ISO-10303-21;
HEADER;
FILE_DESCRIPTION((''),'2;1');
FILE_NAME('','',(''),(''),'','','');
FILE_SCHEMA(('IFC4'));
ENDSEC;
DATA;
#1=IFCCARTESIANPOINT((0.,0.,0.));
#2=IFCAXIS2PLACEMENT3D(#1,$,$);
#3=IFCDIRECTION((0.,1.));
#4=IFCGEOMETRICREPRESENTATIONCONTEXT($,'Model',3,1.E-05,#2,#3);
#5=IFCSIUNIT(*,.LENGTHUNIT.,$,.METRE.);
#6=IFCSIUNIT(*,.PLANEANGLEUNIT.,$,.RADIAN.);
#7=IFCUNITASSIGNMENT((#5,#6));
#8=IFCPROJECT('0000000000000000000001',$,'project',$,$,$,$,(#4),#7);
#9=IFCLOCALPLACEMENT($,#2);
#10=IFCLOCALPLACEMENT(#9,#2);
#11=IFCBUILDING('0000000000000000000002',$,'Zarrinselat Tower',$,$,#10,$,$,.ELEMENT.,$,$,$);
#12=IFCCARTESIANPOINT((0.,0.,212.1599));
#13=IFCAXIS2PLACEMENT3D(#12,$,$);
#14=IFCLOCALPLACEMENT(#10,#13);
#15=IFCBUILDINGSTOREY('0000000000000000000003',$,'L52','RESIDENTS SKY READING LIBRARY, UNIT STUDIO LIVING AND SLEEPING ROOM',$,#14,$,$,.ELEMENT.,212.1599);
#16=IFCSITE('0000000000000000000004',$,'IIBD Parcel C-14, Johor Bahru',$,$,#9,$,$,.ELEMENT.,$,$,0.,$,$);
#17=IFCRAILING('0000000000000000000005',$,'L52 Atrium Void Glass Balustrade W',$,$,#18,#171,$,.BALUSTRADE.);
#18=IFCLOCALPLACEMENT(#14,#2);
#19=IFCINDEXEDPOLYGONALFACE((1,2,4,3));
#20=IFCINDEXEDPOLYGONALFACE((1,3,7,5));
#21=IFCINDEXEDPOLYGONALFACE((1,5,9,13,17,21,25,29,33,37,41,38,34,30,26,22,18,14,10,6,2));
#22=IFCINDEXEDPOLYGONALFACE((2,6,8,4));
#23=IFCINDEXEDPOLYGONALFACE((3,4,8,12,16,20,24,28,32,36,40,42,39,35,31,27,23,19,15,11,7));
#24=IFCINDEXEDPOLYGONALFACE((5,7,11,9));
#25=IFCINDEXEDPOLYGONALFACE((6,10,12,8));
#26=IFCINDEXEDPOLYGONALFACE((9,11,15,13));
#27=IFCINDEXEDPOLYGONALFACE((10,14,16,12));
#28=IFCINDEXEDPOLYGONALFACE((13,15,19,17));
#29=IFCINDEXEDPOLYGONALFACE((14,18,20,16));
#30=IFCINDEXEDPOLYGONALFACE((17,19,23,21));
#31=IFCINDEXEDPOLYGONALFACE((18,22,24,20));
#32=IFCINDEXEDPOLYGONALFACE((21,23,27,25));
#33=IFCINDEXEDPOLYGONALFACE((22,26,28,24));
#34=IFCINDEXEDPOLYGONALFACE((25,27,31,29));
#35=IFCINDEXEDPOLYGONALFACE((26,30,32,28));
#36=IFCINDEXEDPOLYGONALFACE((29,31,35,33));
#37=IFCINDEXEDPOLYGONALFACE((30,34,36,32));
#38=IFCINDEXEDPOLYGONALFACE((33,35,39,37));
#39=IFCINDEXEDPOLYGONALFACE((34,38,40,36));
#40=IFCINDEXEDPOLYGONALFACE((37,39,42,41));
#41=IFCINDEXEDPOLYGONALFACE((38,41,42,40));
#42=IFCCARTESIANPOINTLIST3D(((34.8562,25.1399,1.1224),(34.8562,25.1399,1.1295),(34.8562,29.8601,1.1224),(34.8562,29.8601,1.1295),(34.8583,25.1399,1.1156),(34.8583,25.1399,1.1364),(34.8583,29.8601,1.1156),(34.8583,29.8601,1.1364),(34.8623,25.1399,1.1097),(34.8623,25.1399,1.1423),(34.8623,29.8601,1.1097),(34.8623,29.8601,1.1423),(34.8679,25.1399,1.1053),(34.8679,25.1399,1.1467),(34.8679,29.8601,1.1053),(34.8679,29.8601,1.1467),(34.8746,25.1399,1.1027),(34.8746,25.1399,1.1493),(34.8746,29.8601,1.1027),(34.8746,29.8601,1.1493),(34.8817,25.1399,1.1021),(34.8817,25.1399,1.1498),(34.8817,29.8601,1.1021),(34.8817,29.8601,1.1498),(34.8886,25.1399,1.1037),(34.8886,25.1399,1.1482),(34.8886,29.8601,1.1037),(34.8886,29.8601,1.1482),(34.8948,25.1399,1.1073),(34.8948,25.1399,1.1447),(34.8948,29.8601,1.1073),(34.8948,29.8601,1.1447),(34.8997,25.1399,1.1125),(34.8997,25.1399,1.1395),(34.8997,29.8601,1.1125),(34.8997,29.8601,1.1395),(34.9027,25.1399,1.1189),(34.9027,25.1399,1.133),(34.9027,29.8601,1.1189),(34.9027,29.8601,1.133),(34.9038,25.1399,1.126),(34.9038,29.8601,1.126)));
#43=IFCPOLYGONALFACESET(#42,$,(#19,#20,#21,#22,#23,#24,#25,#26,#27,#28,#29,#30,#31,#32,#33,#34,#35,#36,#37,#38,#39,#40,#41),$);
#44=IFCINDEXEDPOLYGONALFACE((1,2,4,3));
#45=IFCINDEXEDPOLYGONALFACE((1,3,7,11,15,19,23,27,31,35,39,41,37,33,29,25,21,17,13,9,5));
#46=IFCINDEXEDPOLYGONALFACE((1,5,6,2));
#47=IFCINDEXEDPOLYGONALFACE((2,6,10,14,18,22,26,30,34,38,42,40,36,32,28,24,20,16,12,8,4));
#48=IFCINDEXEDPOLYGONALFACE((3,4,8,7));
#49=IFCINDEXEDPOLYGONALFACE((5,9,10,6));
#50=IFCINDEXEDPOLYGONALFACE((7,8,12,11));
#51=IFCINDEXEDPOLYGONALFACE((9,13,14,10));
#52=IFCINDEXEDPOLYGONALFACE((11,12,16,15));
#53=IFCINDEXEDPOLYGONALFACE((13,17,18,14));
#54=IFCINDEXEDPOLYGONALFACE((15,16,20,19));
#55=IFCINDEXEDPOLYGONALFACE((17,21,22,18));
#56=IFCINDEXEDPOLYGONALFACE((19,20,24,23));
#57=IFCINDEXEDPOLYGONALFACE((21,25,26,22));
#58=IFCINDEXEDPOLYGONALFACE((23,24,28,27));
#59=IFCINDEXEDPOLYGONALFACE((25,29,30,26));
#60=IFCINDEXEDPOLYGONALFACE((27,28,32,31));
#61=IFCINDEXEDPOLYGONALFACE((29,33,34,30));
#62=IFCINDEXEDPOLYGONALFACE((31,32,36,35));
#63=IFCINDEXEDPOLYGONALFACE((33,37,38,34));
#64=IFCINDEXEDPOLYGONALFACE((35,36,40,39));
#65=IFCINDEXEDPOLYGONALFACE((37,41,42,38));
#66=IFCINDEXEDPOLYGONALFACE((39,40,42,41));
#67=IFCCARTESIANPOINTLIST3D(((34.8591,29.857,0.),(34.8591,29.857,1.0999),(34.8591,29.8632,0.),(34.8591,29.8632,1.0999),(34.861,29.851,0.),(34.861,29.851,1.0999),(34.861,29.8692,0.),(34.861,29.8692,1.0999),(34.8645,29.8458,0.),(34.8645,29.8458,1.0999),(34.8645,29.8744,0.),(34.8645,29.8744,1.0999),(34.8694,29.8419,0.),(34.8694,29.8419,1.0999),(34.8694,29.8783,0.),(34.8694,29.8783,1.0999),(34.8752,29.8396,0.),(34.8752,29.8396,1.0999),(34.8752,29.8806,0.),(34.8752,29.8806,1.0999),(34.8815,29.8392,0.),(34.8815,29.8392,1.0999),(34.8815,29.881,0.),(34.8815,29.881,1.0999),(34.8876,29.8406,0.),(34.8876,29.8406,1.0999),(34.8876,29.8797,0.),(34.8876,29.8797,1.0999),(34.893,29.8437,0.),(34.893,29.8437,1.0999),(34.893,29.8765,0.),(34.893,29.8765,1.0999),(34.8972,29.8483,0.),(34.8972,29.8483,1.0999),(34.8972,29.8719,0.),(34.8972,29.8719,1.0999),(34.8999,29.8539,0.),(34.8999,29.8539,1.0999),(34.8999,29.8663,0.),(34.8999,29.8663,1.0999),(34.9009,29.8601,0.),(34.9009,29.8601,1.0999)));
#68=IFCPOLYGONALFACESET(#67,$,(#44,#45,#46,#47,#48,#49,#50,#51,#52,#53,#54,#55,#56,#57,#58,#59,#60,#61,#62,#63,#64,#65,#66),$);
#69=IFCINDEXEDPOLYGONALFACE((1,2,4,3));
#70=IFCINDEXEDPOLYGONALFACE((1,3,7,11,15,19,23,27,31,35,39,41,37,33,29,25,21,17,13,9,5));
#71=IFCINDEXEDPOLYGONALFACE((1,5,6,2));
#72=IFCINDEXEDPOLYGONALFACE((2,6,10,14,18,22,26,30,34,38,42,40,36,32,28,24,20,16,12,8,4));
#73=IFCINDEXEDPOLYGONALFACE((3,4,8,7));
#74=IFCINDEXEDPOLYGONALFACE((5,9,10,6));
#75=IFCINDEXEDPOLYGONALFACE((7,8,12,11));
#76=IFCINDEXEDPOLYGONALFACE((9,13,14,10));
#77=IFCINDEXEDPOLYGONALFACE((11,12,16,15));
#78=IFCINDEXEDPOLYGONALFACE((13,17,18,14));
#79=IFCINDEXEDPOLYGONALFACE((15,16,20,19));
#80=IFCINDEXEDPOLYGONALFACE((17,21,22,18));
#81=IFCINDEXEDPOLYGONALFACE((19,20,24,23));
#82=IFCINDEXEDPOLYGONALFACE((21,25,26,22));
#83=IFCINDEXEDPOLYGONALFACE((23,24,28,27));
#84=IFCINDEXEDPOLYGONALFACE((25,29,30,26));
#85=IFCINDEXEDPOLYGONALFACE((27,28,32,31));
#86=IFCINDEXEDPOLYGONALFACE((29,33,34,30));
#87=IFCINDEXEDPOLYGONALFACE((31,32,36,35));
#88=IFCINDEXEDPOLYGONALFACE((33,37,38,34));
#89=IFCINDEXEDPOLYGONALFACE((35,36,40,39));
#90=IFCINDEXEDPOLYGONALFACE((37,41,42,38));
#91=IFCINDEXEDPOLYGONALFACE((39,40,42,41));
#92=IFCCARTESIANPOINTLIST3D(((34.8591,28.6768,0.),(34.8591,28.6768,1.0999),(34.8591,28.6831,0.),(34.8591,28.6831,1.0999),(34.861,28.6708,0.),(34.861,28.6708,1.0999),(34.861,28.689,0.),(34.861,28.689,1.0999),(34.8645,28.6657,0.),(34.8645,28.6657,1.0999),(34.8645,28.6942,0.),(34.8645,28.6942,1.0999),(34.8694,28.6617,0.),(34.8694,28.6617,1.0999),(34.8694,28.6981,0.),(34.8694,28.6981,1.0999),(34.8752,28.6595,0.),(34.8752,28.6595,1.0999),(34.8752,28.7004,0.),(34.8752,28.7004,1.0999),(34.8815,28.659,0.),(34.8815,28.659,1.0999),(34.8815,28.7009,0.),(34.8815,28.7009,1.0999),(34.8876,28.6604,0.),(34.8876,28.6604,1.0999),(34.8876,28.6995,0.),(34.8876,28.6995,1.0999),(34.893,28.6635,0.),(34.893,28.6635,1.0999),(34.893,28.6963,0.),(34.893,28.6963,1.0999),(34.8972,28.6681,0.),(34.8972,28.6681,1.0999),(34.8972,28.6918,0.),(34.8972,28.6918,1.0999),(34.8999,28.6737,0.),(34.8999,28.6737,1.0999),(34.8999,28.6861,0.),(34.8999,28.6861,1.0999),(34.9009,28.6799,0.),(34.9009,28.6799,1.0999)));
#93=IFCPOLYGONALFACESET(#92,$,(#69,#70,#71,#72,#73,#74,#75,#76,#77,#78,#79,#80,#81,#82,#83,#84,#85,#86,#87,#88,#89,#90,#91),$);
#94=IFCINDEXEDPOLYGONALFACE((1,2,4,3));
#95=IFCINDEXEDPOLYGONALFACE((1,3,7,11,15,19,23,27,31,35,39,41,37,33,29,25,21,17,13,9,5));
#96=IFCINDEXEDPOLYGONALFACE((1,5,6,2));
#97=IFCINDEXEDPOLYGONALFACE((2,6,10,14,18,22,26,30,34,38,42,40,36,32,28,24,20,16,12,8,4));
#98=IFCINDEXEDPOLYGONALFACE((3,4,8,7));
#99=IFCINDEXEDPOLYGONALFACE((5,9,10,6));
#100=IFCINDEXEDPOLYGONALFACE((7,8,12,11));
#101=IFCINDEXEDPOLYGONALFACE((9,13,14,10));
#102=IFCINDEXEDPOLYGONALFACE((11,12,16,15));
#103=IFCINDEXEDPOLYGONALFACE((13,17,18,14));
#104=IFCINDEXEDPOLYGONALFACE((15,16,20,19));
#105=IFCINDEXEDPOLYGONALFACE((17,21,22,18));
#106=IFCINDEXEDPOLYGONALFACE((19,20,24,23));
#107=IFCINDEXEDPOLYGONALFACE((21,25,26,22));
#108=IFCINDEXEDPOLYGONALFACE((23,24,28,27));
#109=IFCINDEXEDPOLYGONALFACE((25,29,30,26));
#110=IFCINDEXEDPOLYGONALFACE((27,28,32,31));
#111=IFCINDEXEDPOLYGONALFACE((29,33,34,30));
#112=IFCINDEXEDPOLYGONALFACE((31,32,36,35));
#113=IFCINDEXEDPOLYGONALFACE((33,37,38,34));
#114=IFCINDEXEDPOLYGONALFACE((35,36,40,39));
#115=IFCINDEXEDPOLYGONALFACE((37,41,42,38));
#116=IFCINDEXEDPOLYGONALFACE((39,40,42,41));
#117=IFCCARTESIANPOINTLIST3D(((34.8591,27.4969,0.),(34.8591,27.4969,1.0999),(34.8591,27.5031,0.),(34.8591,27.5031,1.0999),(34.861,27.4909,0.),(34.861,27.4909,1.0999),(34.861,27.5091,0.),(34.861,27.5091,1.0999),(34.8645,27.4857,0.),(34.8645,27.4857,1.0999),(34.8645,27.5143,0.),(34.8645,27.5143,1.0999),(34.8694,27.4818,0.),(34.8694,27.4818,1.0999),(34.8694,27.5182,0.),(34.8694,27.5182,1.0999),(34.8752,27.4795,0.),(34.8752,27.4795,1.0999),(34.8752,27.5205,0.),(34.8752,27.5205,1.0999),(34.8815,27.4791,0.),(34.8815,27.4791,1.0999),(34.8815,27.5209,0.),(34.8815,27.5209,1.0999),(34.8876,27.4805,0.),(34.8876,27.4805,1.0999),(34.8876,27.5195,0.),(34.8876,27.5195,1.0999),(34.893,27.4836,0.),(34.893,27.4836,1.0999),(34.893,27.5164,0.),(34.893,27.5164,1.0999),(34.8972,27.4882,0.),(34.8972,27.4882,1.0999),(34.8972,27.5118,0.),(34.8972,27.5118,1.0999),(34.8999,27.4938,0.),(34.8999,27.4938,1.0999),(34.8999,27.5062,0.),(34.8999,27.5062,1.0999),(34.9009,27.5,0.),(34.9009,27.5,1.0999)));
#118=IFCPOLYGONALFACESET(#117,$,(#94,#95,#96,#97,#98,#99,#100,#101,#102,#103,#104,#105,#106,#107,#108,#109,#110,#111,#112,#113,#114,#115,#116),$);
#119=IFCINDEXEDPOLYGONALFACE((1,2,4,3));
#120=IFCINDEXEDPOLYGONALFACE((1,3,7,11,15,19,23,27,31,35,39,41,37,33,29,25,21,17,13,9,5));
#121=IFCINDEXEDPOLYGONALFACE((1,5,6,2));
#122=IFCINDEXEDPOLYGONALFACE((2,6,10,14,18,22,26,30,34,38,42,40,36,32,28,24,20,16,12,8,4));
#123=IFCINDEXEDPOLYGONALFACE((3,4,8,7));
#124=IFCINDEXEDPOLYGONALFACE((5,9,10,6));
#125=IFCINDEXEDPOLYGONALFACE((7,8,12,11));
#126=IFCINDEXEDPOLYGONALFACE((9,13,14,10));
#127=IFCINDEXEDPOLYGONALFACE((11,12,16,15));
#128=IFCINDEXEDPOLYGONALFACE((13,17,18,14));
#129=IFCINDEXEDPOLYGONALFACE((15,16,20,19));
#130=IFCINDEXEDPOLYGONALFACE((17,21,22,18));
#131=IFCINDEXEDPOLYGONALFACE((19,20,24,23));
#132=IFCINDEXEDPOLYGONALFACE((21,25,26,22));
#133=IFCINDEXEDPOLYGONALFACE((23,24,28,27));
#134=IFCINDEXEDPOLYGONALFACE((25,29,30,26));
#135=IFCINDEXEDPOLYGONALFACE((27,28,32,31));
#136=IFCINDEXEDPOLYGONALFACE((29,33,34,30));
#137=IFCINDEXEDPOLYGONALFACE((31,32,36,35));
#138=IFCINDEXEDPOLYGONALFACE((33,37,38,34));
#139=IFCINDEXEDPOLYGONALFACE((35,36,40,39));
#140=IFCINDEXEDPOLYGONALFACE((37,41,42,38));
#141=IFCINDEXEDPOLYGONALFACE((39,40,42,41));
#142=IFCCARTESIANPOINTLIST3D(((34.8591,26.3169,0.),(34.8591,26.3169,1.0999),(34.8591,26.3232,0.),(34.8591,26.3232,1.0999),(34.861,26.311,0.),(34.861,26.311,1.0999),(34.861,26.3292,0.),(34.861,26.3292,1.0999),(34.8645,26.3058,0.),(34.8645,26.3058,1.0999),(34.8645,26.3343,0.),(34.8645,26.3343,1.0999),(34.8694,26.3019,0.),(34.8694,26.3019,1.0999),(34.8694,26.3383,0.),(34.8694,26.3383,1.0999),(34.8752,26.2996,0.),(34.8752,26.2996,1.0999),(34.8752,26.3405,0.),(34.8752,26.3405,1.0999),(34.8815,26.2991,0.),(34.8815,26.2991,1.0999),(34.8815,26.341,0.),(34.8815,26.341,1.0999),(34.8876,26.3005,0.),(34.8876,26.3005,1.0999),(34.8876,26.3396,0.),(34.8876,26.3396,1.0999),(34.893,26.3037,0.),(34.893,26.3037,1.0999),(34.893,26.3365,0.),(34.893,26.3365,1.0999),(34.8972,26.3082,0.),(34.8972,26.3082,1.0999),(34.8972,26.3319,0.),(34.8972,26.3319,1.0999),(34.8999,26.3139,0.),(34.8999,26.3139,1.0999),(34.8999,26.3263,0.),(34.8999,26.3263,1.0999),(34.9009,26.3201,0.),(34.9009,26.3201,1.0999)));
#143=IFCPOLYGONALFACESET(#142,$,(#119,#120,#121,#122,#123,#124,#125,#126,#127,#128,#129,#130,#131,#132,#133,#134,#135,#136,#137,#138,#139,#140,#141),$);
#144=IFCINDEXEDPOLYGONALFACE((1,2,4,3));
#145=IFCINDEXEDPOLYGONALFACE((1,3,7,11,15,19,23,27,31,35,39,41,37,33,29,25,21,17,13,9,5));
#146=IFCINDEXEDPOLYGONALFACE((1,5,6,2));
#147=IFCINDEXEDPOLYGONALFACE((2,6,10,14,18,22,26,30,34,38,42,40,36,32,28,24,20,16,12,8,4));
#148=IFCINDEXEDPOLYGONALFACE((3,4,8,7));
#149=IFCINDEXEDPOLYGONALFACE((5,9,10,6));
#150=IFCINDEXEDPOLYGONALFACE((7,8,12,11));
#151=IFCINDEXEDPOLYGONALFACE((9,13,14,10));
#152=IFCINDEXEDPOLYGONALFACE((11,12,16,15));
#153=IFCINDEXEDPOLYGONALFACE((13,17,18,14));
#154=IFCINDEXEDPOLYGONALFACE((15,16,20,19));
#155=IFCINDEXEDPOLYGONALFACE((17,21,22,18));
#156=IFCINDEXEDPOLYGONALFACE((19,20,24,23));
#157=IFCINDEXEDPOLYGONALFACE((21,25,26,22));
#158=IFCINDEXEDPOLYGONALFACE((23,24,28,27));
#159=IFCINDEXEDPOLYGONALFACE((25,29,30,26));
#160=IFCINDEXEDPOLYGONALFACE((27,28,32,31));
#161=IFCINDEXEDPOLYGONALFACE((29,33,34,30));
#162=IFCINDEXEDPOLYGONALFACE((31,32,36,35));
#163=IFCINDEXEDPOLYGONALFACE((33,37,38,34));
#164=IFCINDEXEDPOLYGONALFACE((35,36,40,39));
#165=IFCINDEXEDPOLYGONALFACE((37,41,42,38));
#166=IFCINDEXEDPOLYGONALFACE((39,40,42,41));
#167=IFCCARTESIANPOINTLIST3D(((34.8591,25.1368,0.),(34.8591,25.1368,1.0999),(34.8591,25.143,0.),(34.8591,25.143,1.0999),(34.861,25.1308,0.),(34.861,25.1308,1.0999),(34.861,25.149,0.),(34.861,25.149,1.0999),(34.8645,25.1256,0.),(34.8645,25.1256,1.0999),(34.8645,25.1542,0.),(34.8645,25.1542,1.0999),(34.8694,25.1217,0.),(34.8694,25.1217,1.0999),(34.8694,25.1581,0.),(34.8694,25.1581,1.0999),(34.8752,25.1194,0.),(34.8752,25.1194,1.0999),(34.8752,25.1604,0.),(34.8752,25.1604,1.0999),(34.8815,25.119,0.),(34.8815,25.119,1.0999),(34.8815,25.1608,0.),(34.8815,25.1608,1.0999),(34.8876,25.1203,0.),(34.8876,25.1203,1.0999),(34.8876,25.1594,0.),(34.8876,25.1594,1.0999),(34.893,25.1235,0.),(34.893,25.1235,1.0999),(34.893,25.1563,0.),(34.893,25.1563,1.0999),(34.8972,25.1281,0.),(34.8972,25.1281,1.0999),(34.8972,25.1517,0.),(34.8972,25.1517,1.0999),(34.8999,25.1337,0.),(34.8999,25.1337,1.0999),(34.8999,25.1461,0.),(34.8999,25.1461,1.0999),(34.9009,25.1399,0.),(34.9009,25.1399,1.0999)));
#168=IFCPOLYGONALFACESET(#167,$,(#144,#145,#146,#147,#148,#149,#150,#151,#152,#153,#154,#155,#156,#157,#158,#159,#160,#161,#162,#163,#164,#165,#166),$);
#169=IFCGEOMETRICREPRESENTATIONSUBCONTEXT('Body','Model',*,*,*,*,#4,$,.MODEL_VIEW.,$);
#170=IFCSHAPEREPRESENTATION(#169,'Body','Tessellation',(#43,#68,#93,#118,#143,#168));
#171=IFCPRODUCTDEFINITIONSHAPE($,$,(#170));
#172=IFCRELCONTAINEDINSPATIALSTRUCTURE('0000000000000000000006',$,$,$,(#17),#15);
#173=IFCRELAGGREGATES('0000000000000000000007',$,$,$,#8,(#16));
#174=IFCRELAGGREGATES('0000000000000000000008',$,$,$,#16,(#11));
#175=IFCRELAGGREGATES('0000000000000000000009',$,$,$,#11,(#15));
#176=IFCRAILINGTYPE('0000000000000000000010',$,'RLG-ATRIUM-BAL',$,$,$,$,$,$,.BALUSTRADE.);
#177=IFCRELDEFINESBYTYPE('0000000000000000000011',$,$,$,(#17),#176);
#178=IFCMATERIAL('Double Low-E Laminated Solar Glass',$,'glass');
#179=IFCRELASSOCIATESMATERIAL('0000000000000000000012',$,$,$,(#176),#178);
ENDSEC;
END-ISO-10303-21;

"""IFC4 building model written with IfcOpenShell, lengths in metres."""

from ifc_helpers import new_model, si_unit, direction, frame, origin, origin_2d, place, context, subcontext, project, spatial, circle, extrude, material, type_object, element, save


model = new_model("IFC4")

# Units and contexts
model_context = context("Model", 3, precision=1e-05, world=origin(), true_north=direction((0.0, 1.0)))
body_context = subcontext(model_context, "Body", "Model", "MODEL_VIEW")
ifc_project = project(units=[si_unit("LENGTHUNIT", "METRE"), si_unit("PLANEANGLEUNIT", "RADIAN")], contexts=[model_context])

# Site, building, storey
site_placement = place(None, origin())
site = spatial("IfcSite", under=ifc_project, at=site_placement, Name="IIBD Parcel C-14, Johor Bahru", CompositionType="ELEMENT", RefElevation=0.0)
building_placement = place(site_placement, origin())
building = spatial("IfcBuilding", under=site, at=building_placement, Name="Zarrinselat Tower", CompositionType="ELEMENT")
storey_placement = place(building_placement, frame((0.0, 0.0, 212.1599)))
storey = spatial("IfcBuildingStorey", under=building, at=storey_placement, Name="L52", Description="RESIDENTS SKY READING LIBRARY, UNIT STUDIO LIVING AND SLEEPING ROOM", CompositionType="ELEMENT", Elevation=212.1599)

# Railing
ifc_material_1 = material(Name="Double Low-E Laminated Solar Glass", Category="glass")
railing_type = type_object("IfcRailingType", Name="RLG-ATRIUM-BAL", PredefinedType="BALUSTRADE", material=ifc_material_1)
railing_placement = place(storey_placement, frame((34.8799, 29.8601, 0.0)))
element("IfcRailing", 1, at=railing_placement, inside=storey, type_object=railing_type, Name="L52 Atrium Void Glass Balustrade W", PredefinedType="BALUSTRADE", context=body_context, shape_type="SweptSolid", body=[
    extrude(circle(Radius=0.0239, at=origin_2d()), frame((0.0, 0.0, 1.126), z_axis=(0.0, -1.0, 0.0), x_axis=(1.0, 0.0, 0.0)), (0.0, 0.0, 1.0), 4.7202),
    extrude(circle(Radius=0.021, at=origin_2d()), origin(), (0.0, 0.0, 1.0), 1.0999),
    extrude(circle(Radius=0.021, at=origin_2d()), frame((0.0, -1.1802, 0.0)), (0.0, 0.0, 1.0), 1.0999),
    extrude(circle(Radius=0.021, at=origin_2d()), frame((0.0, -2.3601, 0.0)), (0.0, 0.0, 1.0), 1.0999),
    extrude(circle(Radius=0.021, at=origin_2d()), frame((0.0, -3.54, 0.0)), (0.0, 0.0, 1.0), 1.0999),
    extrude(circle(Radius=0.021, at=origin_2d()), frame((0.0, -4.7202, 0.0)), (0.0, 0.0, 1.0), 1.0999),
])

save(model, "model.ifc")
